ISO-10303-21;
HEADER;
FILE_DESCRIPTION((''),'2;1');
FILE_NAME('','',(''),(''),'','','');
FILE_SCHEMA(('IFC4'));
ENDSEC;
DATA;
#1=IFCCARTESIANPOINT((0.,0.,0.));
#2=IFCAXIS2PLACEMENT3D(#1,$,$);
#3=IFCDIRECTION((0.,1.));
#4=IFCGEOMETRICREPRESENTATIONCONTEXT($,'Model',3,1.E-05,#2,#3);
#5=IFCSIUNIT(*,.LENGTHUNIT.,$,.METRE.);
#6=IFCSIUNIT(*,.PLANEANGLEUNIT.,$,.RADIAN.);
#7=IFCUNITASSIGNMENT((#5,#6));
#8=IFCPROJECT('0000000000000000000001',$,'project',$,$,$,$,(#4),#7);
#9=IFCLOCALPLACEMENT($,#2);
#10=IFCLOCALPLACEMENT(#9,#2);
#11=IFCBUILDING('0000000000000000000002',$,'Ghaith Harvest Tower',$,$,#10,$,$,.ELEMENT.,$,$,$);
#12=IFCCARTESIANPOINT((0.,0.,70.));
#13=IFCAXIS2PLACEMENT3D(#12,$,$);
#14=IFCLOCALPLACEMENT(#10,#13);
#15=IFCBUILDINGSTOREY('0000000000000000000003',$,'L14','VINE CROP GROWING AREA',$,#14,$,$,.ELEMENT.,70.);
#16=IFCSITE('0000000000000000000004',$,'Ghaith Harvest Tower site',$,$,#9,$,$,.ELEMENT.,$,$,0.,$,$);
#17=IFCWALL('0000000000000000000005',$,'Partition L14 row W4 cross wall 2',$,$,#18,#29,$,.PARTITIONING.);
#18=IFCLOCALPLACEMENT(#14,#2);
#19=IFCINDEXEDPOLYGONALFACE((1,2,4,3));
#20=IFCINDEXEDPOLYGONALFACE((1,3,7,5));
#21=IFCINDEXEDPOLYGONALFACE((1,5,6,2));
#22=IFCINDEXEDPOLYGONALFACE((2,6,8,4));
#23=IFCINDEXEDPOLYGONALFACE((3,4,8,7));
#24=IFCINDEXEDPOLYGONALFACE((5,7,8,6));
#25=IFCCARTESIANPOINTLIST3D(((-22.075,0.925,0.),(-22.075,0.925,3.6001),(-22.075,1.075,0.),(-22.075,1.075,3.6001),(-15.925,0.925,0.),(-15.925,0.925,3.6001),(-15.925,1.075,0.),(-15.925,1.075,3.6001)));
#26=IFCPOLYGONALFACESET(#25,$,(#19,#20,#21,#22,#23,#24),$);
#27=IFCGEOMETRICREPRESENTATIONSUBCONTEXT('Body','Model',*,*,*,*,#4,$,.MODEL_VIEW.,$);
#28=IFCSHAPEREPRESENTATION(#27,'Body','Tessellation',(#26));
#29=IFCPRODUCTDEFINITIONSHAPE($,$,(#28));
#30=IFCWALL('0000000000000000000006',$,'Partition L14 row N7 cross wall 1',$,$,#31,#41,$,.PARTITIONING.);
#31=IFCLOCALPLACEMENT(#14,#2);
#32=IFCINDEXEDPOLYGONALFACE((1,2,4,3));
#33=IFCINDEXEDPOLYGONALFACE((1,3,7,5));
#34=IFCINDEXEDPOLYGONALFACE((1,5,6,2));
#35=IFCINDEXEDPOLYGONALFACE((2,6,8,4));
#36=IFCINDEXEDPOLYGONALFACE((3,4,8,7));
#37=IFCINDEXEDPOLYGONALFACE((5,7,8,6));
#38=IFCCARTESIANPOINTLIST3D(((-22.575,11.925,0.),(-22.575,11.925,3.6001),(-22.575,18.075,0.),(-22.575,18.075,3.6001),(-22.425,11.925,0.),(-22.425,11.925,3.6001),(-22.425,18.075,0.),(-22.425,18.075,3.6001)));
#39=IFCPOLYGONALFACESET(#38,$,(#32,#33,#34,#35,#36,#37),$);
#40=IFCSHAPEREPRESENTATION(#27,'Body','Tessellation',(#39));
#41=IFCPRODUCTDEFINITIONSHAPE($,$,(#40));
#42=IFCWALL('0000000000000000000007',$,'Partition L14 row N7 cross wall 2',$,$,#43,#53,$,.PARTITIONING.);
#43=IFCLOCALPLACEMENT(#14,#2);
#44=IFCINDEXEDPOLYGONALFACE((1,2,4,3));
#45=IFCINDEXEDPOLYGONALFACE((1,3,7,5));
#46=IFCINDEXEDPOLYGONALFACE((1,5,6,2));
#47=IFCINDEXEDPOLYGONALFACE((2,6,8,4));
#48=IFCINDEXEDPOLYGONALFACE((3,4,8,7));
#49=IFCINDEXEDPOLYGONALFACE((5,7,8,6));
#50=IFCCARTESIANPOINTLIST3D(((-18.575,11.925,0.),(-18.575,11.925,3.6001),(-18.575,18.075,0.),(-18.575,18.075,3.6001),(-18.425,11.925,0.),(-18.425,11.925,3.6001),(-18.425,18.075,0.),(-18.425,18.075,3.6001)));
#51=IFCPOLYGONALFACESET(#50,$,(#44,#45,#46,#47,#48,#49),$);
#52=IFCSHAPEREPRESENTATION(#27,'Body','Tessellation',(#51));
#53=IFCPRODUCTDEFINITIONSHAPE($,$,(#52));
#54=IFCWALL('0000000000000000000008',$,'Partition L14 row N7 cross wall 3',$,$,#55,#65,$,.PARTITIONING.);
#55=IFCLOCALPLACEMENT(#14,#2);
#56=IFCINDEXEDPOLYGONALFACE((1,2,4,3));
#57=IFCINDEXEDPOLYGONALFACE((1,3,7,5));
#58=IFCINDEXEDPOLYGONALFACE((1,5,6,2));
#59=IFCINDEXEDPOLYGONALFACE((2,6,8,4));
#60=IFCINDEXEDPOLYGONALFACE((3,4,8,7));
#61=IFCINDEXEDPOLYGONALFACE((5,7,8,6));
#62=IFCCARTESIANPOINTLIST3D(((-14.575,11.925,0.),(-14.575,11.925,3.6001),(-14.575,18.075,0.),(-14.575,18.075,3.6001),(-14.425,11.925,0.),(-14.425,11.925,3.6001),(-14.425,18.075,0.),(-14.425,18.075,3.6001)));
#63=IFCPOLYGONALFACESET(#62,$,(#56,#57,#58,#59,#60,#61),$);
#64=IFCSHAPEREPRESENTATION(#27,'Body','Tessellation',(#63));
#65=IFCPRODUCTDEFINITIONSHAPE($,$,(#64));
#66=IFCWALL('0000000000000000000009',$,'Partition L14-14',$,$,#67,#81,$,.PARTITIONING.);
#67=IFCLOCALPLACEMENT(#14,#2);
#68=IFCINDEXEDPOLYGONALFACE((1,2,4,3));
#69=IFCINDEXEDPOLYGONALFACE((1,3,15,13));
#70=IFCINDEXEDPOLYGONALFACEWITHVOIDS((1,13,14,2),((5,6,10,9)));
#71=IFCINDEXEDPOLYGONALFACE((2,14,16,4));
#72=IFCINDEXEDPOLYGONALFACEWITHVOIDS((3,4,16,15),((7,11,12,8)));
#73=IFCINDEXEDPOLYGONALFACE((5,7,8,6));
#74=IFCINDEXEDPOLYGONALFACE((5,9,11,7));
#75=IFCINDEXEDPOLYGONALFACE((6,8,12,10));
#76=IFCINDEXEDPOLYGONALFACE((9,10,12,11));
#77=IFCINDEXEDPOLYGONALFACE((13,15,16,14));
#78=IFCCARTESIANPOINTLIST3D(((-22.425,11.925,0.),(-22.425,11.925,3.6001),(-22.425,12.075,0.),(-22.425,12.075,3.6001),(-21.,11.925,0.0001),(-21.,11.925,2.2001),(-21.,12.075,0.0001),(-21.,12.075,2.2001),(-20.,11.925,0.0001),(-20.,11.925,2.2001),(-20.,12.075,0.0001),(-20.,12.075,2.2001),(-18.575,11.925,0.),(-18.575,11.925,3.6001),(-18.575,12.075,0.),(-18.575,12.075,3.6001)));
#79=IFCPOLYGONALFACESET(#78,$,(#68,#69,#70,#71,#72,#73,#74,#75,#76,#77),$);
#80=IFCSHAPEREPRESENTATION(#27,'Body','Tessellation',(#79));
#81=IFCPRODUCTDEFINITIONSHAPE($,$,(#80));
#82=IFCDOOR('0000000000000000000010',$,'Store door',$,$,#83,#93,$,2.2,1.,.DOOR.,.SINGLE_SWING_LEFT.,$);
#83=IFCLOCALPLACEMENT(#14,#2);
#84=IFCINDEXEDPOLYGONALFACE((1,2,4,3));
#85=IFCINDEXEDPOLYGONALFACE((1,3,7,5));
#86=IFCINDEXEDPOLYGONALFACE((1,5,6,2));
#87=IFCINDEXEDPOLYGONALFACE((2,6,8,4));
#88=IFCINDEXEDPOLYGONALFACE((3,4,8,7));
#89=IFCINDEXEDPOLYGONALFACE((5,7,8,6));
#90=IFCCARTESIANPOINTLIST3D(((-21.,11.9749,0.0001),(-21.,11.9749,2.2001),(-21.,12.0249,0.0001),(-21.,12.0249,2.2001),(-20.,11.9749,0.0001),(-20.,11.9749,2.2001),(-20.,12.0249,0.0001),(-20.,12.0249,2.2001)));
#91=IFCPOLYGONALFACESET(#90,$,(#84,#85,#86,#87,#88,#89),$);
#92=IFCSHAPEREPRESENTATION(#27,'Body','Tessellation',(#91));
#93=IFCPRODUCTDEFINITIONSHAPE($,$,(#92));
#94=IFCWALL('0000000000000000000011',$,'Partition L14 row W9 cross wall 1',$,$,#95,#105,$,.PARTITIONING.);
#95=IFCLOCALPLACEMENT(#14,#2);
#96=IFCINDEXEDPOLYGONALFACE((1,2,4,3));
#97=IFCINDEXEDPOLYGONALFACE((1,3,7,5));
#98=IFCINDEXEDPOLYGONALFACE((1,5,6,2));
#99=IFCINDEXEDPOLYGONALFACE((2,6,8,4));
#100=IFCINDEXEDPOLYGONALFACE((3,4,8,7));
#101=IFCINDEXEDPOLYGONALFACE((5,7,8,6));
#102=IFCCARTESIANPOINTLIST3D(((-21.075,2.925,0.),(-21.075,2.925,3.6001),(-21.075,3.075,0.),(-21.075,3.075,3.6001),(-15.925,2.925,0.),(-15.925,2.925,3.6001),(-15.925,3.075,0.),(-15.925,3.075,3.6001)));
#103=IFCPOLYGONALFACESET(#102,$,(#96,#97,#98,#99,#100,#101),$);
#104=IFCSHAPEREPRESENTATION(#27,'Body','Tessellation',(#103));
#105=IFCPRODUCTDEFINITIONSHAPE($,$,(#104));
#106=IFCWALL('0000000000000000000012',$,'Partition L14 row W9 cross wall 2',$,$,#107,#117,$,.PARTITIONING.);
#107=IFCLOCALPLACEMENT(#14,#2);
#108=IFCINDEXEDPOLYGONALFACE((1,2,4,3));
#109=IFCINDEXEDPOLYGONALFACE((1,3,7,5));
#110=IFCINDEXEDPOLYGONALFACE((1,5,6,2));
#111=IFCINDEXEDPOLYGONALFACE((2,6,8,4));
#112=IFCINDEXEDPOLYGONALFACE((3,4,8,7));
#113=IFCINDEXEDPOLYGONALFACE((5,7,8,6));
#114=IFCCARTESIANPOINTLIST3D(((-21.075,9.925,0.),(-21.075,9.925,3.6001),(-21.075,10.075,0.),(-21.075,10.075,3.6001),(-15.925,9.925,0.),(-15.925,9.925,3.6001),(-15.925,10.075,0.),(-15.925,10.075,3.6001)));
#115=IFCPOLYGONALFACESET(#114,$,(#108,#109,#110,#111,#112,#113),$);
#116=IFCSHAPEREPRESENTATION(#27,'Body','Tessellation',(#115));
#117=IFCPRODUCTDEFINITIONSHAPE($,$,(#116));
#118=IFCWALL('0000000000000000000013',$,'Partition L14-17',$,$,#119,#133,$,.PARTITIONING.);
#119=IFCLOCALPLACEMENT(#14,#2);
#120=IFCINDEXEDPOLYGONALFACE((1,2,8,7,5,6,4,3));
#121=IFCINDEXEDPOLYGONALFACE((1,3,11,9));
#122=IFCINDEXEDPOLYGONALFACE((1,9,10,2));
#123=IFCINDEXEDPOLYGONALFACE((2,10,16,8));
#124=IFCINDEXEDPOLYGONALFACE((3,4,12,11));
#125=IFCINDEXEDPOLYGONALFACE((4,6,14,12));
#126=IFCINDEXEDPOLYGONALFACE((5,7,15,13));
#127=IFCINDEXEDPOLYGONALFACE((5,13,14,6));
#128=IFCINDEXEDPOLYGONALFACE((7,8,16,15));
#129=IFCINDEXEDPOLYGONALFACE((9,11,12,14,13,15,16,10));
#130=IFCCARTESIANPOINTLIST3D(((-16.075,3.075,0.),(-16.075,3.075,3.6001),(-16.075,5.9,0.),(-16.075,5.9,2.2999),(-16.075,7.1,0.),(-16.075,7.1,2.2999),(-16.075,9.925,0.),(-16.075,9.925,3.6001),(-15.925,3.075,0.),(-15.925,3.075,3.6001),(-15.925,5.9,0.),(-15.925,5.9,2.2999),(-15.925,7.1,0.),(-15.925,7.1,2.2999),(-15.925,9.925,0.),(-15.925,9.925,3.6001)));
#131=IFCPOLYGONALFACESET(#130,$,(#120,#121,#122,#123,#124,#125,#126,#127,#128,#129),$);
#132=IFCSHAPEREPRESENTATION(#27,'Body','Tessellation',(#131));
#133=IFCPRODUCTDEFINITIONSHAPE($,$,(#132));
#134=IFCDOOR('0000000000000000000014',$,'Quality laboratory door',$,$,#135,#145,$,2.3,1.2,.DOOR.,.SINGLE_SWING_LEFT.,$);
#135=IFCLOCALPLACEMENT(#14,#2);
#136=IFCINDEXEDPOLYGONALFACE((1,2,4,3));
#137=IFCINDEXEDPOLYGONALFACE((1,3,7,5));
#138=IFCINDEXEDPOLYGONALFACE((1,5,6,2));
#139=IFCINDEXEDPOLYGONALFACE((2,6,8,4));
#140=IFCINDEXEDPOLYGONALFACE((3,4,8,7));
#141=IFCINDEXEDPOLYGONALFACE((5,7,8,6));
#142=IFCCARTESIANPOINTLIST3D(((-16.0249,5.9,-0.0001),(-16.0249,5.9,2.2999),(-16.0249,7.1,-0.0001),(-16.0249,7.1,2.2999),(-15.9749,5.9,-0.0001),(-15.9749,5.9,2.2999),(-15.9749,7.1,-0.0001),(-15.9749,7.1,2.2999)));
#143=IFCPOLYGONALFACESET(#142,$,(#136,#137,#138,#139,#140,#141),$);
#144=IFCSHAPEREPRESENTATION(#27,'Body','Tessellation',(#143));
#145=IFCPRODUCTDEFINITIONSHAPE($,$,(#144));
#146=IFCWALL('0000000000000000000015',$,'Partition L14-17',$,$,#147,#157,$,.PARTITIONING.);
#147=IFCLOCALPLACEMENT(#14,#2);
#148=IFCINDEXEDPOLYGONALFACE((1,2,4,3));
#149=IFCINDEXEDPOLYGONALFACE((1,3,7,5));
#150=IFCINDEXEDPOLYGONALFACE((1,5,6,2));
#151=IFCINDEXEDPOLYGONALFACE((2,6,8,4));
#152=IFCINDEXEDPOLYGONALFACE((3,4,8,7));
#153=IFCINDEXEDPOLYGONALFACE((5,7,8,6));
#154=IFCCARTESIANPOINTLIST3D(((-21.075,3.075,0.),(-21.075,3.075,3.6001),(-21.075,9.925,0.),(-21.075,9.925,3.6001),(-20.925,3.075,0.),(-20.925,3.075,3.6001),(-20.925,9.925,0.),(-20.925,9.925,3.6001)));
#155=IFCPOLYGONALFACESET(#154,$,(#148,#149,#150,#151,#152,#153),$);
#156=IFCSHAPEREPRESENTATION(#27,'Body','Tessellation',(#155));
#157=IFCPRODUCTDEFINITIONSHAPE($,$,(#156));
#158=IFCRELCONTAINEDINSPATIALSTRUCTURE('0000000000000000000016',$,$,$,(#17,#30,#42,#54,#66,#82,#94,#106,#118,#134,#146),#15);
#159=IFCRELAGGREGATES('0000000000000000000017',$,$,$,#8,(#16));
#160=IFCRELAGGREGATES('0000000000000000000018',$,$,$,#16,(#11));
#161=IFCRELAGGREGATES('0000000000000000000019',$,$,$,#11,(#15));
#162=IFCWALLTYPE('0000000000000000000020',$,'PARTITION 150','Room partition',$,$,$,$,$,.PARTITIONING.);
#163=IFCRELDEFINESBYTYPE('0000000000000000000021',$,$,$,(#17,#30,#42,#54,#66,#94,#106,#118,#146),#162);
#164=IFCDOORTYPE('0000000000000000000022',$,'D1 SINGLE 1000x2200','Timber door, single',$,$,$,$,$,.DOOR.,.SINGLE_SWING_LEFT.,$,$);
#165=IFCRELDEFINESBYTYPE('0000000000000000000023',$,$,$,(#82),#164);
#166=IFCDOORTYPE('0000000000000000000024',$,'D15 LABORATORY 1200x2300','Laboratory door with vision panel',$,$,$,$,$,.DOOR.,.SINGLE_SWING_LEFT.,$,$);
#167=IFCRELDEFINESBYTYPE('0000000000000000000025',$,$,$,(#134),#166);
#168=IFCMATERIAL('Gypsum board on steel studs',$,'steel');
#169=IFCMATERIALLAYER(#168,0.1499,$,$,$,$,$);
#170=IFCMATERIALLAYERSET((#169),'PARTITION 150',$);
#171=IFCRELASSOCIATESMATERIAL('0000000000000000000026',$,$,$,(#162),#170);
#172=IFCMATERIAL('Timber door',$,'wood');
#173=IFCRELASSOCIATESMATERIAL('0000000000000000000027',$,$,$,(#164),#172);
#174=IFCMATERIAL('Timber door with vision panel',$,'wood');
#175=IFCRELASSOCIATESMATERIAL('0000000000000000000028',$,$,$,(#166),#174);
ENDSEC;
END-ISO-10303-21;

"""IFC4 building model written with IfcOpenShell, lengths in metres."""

from ifc_helpers import new_model, si_unit, direction, frame, frame_2d, origin, place, context, subcontext, project, spatial, rectangle, extrude, material, layer, layer_set, type_object, element, fill, save


model = new_model("IFC4")

# Units and contexts
model_context = context("Model", 3, precision=1e-05, world=origin(), true_north=direction((0.0, 1.0)))
body_context = subcontext(model_context, "Body", "Model", "MODEL_VIEW")
ifc_project = project(units=[si_unit("LENGTHUNIT", "METRE"), si_unit("PLANEANGLEUNIT", "RADIAN")], contexts=[model_context])

# Site, building, storey
site_placement = place(None, origin())
site = spatial("IfcSite", under=ifc_project, at=site_placement, Name="Ghaith Harvest Tower site", CompositionType="ELEMENT", RefElevation=0.0)
building_placement = place(site_placement, origin())
building = spatial("IfcBuilding", under=site, at=building_placement, Name="Ghaith Harvest Tower", CompositionType="ELEMENT")
storey_placement = place(building_placement, frame((0.0, 0.0, 70.0)))
storey = spatial("IfcBuildingStorey", under=building, at=storey_placement, Name="L14", Description="VINE CROP GROWING AREA", CompositionType="ELEMENT", Elevation=70.0)

# Walls
ifc_material_1 = material(Name="Gypsum board on steel studs", Category="steel")
ifc_layer_1 = layer(ifc_material_1, 0.1499)
ifc_layer_set_1 = layer_set([ifc_layer_1], Name="PARTITION 150")
wall_type_1 = type_object("IfcWallType", Name="PARTITION 150", Description="Room partition", PredefinedType="PARTITIONING", material=ifc_layer_set_1)
for number, where, z_axis, x_axis, name in (
    (1, (-15.925, 1.0, 0.0), (0.0, 0.0, 1.0), (-1.0, 0.0, 0.0), "Partition L14 row W4 cross wall 2"),
    (2, (-22.5, 11.925, 0.0), (0.0, 0.0, 1.0), (0.0, 1.0, 0.0), "Partition L14 row N7 cross wall 1"),
    (3, (-18.5, 11.925, 0.0), (0.0, 0.0, 1.0), (0.0, 1.0, 0.0), "Partition L14 row N7 cross wall 2"),
    (4, (-14.5, 11.925, 0.0), (0.0, 0.0, 1.0), (0.0, 1.0, 0.0), "Partition L14 row N7 cross wall 3"),
):
    element("IfcWall", number, at=place(storey_placement, frame(where, z_axis=z_axis, x_axis=x_axis)), inside=storey, type_object=wall_type_1, Name=name, PredefinedType="PARTITIONING", context=body_context, shape_type="SweptSolid", body=[
        extrude(rectangle(XDim=6.1499, YDim=0.1499, at=frame_2d((3.075, 0.0))), origin(), (0.0, 0.0, 1.0), 3.6001),
    ])

# Wall, opening, door
wall_1_placement = place(storey_placement, frame((-22.425, 12.0, 0.0), z_axis=(0.0, 0.0, 1.0), x_axis=(1.0, 0.0, 0.0)))
wall_1 = element("IfcWall", 5, at=wall_1_placement, inside=storey, type_object=wall_type_1, Name="Partition L14-14", PredefinedType="PARTITIONING", context=body_context, shape_type="SweptSolid", body=[
    extrude(rectangle(XDim=3.8501, YDim=0.1499, at=frame_2d((1.925, 0.0))), origin(), (0.0, 0.0, 1.0), 3.6001),
])
opening_1_placement = place(wall_1_placement, frame((1.425, 0.0, 0.0)))
opening_1 = element("IfcOpeningElement", 6, at=opening_1_placement, cuts=wall_1, PredefinedType="OPENING", context=body_context, shape_type="SweptSolid", body=[
    extrude(rectangle(XDim=1.0, YDim=2.2, at=frame_2d((0.5, 1.1001))), frame((0.0, 0.085, 0.0), z_axis=(0.0, -1.0, 0.0), x_axis=(1.0, 0.0, 0.0)), (0.0, 0.0, 1.0), 0.1699),
])
ifc_material_2 = material(Name="Timber door", Category="wood")
door_type_1 = type_object("IfcDoorType", Name="D1 SINGLE 1000x2200", Description="Timber door, single", OperationType="SINGLE_SWING_LEFT", PredefinedType="DOOR", material=ifc_material_2)
door_1_placement = place(opening_1_placement, origin())
door_1 = element("IfcDoor", 7, at=door_1_placement, inside=storey, type_object=door_type_1, Name="Store door", OperationType="SINGLE_SWING_LEFT", OverallHeight=2.2, OverallWidth=1.0, PredefinedType="DOOR", context=body_context, shape_type="SweptSolid", body=[
    extrude(rectangle(XDim=1.0, YDim=2.2, at=frame_2d((0.5, 1.1001))), frame((0.0, 0.0249, 0.0), z_axis=(0.0, -1.0, 0.0), x_axis=(1.0, 0.0, 0.0)), (0.0, 0.0, 1.0), 0.05),
])
fill(opening_1, door_1)

# Walls
for number, where, z_axis, x_axis, name in (
    (8, (-15.925, 3.0, 0.0), (0.0, 0.0, 1.0), (-1.0, 0.0, 0.0), "Partition L14 row W9 cross wall 1"),
    (9, (-15.925, 10.0, 0.0), (0.0, 0.0, 1.0), (-1.0, 0.0, 0.0), "Partition L14 row W9 cross wall 2"),
):
    element("IfcWall", number, at=place(storey_placement, frame(where, z_axis=z_axis, x_axis=x_axis)), inside=storey, type_object=wall_type_1, Name=name, PredefinedType="PARTITIONING", context=body_context, shape_type="SweptSolid", body=[
        extrude(rectangle(XDim=5.1499, YDim=0.1499, at=frame_2d((2.575, 0.0))), origin(), (0.0, 0.0, 1.0), 3.6001),
    ])

# Wall, opening, door
wall_2_placement = place(storey_placement, frame((-16.0, 3.075, 0.0), z_axis=(0.0, 0.0, 1.0), x_axis=(0.0, 1.0, 0.0)))
wall_2 = element("IfcWall", 10, at=wall_2_placement, inside=storey, type_object=wall_type_1, Name="Partition L14-17", PredefinedType="PARTITIONING", context=body_context, shape_type="SweptSolid", body=[
    extrude(rectangle(XDim=6.8501, YDim=0.1499, at=frame_2d((3.425, 0.0))), origin(), (0.0, 0.0, 1.0), 3.6001),
])
opening_2_placement = place(wall_2_placement, frame((2.825, 0.0, 0.0)))
opening_2 = element("IfcOpeningElement", 11, at=opening_2_placement, cuts=wall_2, PredefinedType="OPENING", context=body_context, shape_type="SweptSolid", body=[
    extrude(rectangle(XDim=1.2, YDim=2.3, at=frame_2d((0.6001, 1.1499))), frame((0.0, 0.085, 0.0), z_axis=(0.0, -1.0, 0.0), x_axis=(1.0, 0.0, 0.0)), (0.0, 0.0, 1.0), 0.1699),
])
ifc_material_3 = material(Name="Timber door with vision panel", Category="wood")
door_type_2 = type_object("IfcDoorType", Name="D15 LABORATORY 1200x2300", Description="Laboratory door with vision panel", OperationType="SINGLE_SWING_LEFT", PredefinedType="DOOR", material=ifc_material_3)
door_2_placement = place(opening_2_placement, origin())
door_2 = element("IfcDoor", 12, at=door_2_placement, inside=storey, type_object=door_type_2, Name="Quality laboratory door", OperationType="SINGLE_SWING_LEFT", OverallHeight=2.3, OverallWidth=1.2, PredefinedType="DOOR", context=body_context, shape_type="SweptSolid", body=[
    extrude(rectangle(XDim=1.2, YDim=2.3, at=frame_2d((0.6001, 1.1499))), frame((0.0, 0.0249, 0.0), z_axis=(0.0, -1.0, 0.0), x_axis=(1.0, 0.0, 0.0)), (0.0, 0.0, 1.0), 0.05),
])
fill(opening_2, door_2)

# Wall
wall_3_placement = place(storey_placement, frame((-21.0, 3.075, 0.0), z_axis=(0.0, 0.0, 1.0), x_axis=(0.0, 1.0, 0.0)))
element("IfcWall", 13, at=wall_3_placement, inside=storey, type_object=wall_type_1, Name="Partition L14-17", PredefinedType="PARTITIONING", context=body_context, shape_type="SweptSolid", body=[
    extrude(rectangle(XDim=6.8501, YDim=0.1499, at=frame_2d((3.425, 0.0))), origin(), (0.0, 0.0, 1.0), 3.6001),
])

save(model, "model.ifc")
